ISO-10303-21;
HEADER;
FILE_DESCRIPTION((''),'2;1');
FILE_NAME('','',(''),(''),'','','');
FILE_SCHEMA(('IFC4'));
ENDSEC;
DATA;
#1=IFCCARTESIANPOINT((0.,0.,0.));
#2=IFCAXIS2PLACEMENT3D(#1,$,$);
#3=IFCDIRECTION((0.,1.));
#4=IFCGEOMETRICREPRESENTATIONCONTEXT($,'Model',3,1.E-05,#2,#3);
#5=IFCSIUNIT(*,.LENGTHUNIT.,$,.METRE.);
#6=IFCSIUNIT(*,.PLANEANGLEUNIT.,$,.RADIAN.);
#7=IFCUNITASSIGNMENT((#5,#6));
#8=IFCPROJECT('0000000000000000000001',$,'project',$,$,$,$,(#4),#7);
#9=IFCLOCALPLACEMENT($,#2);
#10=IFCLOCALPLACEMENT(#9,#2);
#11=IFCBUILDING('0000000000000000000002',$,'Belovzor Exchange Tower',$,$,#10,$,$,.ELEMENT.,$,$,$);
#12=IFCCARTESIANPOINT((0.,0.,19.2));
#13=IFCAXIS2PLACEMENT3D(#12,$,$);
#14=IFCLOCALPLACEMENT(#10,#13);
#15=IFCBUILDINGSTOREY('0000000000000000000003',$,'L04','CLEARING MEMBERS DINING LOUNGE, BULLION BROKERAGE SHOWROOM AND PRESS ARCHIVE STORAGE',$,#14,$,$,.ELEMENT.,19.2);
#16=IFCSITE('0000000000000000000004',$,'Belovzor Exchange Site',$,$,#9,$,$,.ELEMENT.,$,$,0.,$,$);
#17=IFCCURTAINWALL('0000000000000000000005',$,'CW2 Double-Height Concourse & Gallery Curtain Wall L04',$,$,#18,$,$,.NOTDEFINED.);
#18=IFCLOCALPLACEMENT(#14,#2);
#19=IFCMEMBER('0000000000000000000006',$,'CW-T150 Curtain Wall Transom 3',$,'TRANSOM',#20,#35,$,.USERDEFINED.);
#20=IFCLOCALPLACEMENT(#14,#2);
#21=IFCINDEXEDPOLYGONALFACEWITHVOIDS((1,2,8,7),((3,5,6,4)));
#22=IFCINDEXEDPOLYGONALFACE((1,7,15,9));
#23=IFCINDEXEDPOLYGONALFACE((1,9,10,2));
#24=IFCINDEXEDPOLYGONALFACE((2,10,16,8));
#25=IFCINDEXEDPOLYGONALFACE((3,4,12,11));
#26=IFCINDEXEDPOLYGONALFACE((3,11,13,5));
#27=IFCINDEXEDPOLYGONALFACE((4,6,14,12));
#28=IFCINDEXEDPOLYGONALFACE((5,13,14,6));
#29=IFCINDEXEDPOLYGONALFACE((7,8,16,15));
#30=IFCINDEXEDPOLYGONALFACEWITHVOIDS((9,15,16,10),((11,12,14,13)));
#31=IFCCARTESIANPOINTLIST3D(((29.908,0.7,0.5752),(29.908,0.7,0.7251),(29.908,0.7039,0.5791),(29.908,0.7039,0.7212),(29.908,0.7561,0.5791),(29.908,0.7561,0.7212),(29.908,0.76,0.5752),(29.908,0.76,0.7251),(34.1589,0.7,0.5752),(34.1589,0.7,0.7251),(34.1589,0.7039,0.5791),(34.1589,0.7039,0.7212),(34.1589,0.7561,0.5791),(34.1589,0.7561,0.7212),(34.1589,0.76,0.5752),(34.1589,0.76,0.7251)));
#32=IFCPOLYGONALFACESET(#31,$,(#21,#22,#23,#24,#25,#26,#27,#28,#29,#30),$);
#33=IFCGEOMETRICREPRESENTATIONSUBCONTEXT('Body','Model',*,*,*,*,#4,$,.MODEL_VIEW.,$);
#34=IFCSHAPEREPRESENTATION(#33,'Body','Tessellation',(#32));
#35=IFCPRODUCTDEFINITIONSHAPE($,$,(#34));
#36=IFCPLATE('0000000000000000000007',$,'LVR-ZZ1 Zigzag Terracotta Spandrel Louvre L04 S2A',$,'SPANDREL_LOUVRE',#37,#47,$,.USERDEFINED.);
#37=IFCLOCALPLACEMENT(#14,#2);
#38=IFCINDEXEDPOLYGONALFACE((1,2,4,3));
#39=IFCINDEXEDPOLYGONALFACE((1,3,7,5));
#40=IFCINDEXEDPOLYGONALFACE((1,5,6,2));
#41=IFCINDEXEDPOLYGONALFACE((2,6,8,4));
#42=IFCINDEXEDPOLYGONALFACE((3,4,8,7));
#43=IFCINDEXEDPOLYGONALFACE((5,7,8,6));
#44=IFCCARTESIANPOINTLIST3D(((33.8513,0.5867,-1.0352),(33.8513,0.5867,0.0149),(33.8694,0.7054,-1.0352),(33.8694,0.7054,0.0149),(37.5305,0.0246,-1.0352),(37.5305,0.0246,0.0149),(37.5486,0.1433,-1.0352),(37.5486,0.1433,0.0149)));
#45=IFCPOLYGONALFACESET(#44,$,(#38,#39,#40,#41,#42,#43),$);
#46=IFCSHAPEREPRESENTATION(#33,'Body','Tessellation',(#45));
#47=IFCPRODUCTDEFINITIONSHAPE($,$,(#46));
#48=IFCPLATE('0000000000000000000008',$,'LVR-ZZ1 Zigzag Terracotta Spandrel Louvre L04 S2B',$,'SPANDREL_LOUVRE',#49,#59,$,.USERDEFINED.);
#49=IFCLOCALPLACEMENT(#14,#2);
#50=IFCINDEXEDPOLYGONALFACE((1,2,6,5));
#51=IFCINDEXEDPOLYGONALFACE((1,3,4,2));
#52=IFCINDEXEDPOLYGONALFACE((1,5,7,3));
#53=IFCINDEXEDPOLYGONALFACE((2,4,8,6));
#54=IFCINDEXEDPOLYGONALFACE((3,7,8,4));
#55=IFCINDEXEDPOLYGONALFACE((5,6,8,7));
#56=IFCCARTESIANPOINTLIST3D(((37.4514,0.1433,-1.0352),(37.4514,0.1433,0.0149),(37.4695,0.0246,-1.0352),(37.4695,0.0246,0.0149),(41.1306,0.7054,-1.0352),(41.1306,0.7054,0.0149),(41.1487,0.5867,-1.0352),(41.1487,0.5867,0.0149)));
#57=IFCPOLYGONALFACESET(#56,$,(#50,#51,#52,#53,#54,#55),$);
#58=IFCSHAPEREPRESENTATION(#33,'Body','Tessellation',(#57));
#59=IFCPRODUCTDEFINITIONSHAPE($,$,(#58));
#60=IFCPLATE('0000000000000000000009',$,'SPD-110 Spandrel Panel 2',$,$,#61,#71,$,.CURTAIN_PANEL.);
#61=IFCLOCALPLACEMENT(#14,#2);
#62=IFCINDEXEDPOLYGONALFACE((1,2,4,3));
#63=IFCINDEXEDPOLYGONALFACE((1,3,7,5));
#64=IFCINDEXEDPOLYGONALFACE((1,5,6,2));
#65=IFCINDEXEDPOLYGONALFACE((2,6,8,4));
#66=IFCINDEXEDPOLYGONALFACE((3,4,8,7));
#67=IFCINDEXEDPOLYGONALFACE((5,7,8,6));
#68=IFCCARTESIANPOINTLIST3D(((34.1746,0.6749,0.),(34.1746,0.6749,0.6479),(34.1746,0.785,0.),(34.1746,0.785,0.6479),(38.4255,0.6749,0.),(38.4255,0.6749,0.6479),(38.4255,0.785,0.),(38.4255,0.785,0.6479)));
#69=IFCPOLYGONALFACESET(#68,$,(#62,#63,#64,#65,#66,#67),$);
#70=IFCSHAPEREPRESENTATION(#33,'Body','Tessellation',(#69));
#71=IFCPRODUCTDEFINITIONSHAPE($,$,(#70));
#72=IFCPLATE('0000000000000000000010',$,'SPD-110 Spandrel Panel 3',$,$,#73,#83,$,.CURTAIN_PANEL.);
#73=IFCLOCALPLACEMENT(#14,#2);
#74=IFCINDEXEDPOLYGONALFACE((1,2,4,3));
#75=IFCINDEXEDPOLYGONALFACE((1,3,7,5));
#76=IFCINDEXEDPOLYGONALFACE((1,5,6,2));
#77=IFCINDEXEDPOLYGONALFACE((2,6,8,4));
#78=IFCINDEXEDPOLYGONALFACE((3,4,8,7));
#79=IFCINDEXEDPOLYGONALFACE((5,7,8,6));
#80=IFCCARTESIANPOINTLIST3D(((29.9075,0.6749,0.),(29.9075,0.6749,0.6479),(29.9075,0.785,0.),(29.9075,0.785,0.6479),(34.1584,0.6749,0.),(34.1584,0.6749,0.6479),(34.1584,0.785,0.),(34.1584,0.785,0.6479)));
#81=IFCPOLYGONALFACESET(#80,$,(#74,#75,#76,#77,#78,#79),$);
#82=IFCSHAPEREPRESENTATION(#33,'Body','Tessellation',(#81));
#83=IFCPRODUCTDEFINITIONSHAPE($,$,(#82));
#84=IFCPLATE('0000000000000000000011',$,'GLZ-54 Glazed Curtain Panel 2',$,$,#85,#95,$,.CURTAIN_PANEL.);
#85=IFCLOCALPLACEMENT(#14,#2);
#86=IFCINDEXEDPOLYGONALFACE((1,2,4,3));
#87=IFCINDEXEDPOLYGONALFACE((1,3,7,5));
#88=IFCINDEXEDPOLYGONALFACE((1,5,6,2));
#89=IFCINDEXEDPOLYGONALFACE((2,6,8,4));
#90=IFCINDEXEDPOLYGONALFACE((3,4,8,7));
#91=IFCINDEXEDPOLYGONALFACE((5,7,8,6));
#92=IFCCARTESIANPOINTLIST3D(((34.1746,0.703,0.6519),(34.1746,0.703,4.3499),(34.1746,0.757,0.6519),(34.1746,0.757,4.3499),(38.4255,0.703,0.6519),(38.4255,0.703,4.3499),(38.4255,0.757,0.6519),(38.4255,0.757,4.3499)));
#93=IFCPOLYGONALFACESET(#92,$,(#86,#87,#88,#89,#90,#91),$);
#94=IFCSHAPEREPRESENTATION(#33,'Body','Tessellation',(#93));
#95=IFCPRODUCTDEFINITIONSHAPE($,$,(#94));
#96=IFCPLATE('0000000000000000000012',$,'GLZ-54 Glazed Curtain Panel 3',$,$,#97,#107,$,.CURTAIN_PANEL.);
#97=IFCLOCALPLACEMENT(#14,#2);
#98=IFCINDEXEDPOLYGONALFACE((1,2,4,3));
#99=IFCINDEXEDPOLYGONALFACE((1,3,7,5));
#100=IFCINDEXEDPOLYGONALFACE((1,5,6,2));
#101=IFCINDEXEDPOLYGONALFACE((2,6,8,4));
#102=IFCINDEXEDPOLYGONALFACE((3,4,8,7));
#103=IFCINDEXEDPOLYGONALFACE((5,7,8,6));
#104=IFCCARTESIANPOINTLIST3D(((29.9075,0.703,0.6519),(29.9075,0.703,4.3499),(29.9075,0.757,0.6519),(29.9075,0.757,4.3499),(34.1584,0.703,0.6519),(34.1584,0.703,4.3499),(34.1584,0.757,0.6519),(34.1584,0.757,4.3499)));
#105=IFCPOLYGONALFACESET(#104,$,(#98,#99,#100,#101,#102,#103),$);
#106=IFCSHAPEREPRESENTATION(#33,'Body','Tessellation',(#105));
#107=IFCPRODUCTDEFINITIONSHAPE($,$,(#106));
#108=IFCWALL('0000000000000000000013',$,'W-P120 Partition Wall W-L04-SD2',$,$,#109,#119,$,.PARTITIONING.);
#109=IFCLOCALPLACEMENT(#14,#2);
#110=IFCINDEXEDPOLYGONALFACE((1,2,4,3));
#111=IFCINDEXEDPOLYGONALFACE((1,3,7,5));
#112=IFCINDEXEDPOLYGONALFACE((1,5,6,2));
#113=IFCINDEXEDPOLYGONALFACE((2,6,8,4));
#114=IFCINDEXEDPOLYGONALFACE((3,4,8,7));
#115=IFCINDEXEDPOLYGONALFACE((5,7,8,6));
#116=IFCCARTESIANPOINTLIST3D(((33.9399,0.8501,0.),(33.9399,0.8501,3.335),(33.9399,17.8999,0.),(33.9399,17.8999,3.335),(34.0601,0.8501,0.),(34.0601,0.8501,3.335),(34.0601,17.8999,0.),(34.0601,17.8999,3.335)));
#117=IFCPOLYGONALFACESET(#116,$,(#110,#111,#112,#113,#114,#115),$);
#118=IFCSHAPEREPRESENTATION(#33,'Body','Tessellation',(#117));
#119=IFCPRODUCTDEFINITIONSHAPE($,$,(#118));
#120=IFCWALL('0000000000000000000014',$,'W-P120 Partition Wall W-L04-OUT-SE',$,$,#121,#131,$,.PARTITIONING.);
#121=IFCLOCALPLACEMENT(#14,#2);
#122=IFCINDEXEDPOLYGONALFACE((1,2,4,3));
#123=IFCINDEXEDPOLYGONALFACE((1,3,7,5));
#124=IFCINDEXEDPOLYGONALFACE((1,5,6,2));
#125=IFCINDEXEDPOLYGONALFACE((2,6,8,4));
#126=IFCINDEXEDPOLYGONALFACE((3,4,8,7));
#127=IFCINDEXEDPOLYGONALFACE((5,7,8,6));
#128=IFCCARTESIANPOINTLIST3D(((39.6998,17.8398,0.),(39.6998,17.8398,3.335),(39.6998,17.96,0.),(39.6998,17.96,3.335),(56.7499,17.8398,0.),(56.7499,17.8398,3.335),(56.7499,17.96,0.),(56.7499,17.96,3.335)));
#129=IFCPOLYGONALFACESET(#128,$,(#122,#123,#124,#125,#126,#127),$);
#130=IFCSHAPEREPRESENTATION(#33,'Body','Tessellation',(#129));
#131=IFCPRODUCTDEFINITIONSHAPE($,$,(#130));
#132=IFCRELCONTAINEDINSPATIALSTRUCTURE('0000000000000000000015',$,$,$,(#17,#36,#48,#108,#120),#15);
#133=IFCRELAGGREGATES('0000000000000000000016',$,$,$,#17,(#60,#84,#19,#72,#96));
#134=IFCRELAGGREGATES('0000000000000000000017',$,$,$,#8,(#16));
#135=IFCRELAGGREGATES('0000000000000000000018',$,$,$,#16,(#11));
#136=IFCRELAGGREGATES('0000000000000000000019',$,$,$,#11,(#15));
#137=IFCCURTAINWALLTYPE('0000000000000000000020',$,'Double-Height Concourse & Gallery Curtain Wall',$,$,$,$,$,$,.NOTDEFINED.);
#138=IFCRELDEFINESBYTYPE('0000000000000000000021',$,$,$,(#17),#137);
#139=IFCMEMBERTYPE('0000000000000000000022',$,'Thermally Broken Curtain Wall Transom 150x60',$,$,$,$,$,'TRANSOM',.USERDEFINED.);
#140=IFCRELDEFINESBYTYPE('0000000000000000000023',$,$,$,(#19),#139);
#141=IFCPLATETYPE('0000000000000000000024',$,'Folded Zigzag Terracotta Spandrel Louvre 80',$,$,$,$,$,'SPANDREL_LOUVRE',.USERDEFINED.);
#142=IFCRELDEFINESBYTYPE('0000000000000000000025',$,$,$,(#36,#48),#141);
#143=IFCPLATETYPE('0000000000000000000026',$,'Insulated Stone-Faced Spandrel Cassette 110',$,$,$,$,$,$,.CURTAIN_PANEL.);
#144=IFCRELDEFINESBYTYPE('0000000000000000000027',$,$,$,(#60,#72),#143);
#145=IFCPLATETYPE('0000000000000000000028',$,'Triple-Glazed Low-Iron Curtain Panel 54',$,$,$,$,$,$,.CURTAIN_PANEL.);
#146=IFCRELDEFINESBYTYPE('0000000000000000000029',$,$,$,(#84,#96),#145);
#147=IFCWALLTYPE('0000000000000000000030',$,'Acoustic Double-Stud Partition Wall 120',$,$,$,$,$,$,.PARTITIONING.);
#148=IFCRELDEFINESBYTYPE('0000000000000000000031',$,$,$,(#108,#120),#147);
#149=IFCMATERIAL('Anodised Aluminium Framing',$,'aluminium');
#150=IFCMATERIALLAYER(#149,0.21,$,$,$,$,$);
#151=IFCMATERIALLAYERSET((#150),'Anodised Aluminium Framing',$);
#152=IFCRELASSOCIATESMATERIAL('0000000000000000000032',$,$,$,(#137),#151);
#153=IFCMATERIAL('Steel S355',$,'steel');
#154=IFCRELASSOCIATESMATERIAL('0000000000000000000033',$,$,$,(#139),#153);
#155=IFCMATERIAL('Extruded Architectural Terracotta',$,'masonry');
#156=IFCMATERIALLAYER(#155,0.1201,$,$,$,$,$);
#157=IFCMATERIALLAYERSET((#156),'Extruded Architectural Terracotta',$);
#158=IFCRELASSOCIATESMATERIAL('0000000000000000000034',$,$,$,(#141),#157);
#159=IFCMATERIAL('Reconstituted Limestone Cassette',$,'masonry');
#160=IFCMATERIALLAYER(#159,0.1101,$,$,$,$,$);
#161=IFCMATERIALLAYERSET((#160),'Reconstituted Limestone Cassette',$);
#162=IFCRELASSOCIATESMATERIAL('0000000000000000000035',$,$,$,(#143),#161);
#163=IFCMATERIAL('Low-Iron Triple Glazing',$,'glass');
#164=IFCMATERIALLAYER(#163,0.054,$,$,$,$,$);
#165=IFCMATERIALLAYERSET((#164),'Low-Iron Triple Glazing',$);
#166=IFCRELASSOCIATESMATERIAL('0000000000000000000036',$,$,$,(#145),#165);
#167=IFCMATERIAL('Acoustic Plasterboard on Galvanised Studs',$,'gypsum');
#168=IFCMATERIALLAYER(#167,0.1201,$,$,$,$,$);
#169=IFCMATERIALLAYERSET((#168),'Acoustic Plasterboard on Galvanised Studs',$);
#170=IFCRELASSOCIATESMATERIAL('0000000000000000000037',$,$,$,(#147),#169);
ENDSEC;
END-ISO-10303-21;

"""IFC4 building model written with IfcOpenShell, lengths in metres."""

from ifc_helpers import new_model, si_unit, direction, frame, frame_2d, origin, origin_2d, place, context, subcontext, project, spatial, rectangle, hollow_rectangle, extrude, material, layer, layer_set, material_profile, profile_set, type_object, element, aggregate, save


model = new_model("IFC4")

# Units and contexts
model_context = context("Model", 3, precision=1e-05, world=origin(), true_north=direction((0.0, 1.0)))
body_context = subcontext(model_context, "Body", "Model", "MODEL_VIEW")
ifc_project = project(units=[si_unit("LENGTHUNIT", "METRE"), si_unit("PLANEANGLEUNIT", "RADIAN")], contexts=[model_context])

# Site, building, storey
site_placement = place(None, origin())
site = spatial("IfcSite", under=ifc_project, at=site_placement, Name="Belovzor Exchange Site", CompositionType="ELEMENT", RefElevation=0.0)
building_placement = place(site_placement, origin())
building = spatial("IfcBuilding", under=site, at=building_placement, Name="Belovzor Exchange Tower", CompositionType="ELEMENT")
storey_placement = place(building_placement, frame((0.0, 0.0, 19.2)))
storey = spatial("IfcBuildingStorey", under=building, at=storey_placement, Name="L04", Description="CLEARING MEMBERS DINING LOUNGE, BULLION BROKERAGE SHOWROOM AND PRESS ARCHIVE STORAGE", CompositionType="ELEMENT", Elevation=19.2)

# Curtain wall, member
ifc_material_1 = material(Name="Anodised Aluminium Framing", Category="aluminium")
ifc_layer_1 = layer(ifc_material_1, 0.21)
ifc_layer_set_1 = layer_set([ifc_layer_1], Name="Anodised Aluminium Framing")
curtain_wall_type = type_object("IfcCurtainWallType", Name="Double-Height Concourse & Gallery Curtain Wall", PredefinedType="NOTDEFINED", material=ifc_layer_set_1)
curtain_wall_placement = place(storey_placement, origin())
curtain_wall = element("IfcCurtainWall", 1, at=curtain_wall_placement, inside=storey, type_object=curtain_wall_type, Name="CW2 Double-Height Concourse & Gallery Curtain Wall L04", PredefinedType="NOTDEFINED")
ifc_material_2 = material(Name="Steel S355", Category="steel")
ifc_material_profile_1 = material_profile(ifc_material_2, hollow_rectangle(XDim=0.0601, YDim=0.1499, WallThickness=0.0039, at=origin_2d()))
ifc_profile_set_1 = profile_set([ifc_material_profile_1], Name="Steel S355")
member_type_1 = type_object("IfcMemberType", Name="Thermally Broken Curtain Wall Transom 150x60", ElementType="TRANSOM", PredefinedType="USERDEFINED", material=ifc_profile_set_1)
member_1_placement = place(storey_placement, frame((34.1589, 0.73, 0.6501), z_axis=(-1.0, 0.0, 0.0), x_axis=(0.0, -1.0, 0.0)))
member_1 = element("IfcMember", 2, at=member_1_placement, type_object=member_type_1, Name="CW-T150 Curtain Wall Transom 3", ObjectType="TRANSOM", PredefinedType="USERDEFINED", context=body_context, shape_type="SweptSolid", body=[
    extrude(hollow_rectangle(XDim=0.0601, YDim=0.1499, WallThickness=0.0039, at=origin_2d()), origin(), (0.0, 0.0, 1.0), 4.251),
])

# Plates
ifc_material_3 = material(Name="Extruded Architectural Terracotta", Category="masonry")
ifc_layer_2 = layer(ifc_material_3, 0.1201)
ifc_layer_set_2 = layer_set([ifc_layer_2], Name="Extruded Architectural Terracotta")
plate_type_1 = type_object("IfcPlateType", Name="Folded Zigzag Terracotta Spandrel Louvre 80", ElementType="SPANDREL_LOUVRE", PredefinedType="USERDEFINED", material=ifc_layer_set_2)
for number, where, z_axis, x_axis, name in (
    (3, (35.7, 0.365, -1.0352), (0.0, 0.0, 1.0), (0.988531, -0.151019, 0.0), "LVR-ZZ1 Zigzag Terracotta Spandrel Louvre L04 S2A"),
    (4, (39.3, 0.365, -1.0352), (0.0, 0.0, 1.0), (0.988531, 0.151019, 0.0), "LVR-ZZ1 Zigzag Terracotta Spandrel Louvre L04 S2B"),
):
    element("IfcPlate", number, at=place(storey_placement, frame(where, z_axis=z_axis, x_axis=x_axis)), inside=storey, type_object=plate_type_1, Name=name, ObjectType="SPANDREL_LOUVRE", PredefinedType="USERDEFINED", context=body_context, shape_type="SweptSolid", body=[
        extrude(rectangle(XDim=3.7219, YDim=0.1201, at=origin_2d()), origin(), (0.0, 0.0, 1.0), 1.05),
    ])

# Plates
ifc_material_4 = material(Name="Reconstituted Limestone Cassette", Category="masonry")
ifc_layer_3 = layer(ifc_material_4, 0.1101)
ifc_layer_set_3 = layer_set([ifc_layer_3], Name="Reconstituted Limestone Cassette")
plate_type_2 = type_object("IfcPlateType", Name="Insulated Stone-Faced Spandrel Cassette 110", PredefinedType="CURTAIN_PANEL", material=ifc_layer_set_3)
plate_1_placement = place(storey_placement, frame((36.3, 0.73, 0.0), z_axis=(0.0, 0.0, 1.0), x_axis=(-1.0, 0.0, 0.0)))
plate_1 = element("IfcPlate", 5, at=plate_1_placement, type_object=plate_type_2, Name="SPD-110 Spandrel Panel 2", PredefinedType="CURTAIN_PANEL", context=body_context, shape_type="SweptSolid", body=[
    extrude(rectangle(XDim=4.251, YDim=0.1101, at=origin_2d()), origin(), (0.0, 0.0, 1.0), 0.6479),
])
plate_2_placement = place(storey_placement, frame((32.033, 0.73, 0.0), z_axis=(0.0, 0.0, 1.0), x_axis=(-1.0, 0.0, 0.0)))
plate_2 = element("IfcPlate", 6, at=plate_2_placement, type_object=plate_type_2, Name="SPD-110 Spandrel Panel 3", PredefinedType="CURTAIN_PANEL", context=body_context, shape_type="SweptSolid", body=[
    extrude(rectangle(XDim=4.251, YDim=0.1101, at=origin_2d()), origin(), (0.0, 0.0, 1.0), 0.6479),
])
ifc_material_5 = material(Name="Low-Iron Triple Glazing", Category="glass")
ifc_layer_4 = layer(ifc_material_5, 0.054)
ifc_layer_set_4 = layer_set([ifc_layer_4], Name="Low-Iron Triple Glazing")
plate_type_3 = type_object("IfcPlateType", Name="Triple-Glazed Low-Iron Curtain Panel 54", PredefinedType="CURTAIN_PANEL", material=ifc_layer_set_4)
plate_3_placement = place(storey_placement, frame((36.3, 0.73, 0.6519), z_axis=(0.0, 0.0, 1.0), x_axis=(-1.0, 0.0, 0.0)))
plate_3 = element("IfcPlate", 7, at=plate_3_placement, type_object=plate_type_3, Name="GLZ-54 Glazed Curtain Panel 2", PredefinedType="CURTAIN_PANEL", context=body_context, shape_type="SweptSolid", body=[
    extrude(rectangle(XDim=4.251, YDim=0.054, at=origin_2d()), origin(), (0.0, 0.0, 1.0), 3.698),
])
plate_4_placement = place(storey_placement, frame((32.033, 0.73, 0.6519), z_axis=(0.0, 0.0, 1.0), x_axis=(-1.0, 0.0, 0.0)))
plate_4 = element("IfcPlate", 8, at=plate_4_placement, type_object=plate_type_3, Name="GLZ-54 Glazed Curtain Panel 3", PredefinedType="CURTAIN_PANEL", context=body_context, shape_type="SweptSolid", body=[
    extrude(rectangle(XDim=4.251, YDim=0.054, at=origin_2d()), origin(), (0.0, 0.0, 1.0), 3.698),
])
aggregate(curtain_wall, [plate_1, plate_3, member_1, plate_2, plate_4])

# Walls
ifc_material_6 = material(Name="Acoustic Plasterboard on Galvanised Studs", Category="gypsum")
ifc_layer_5 = layer(ifc_material_6, 0.1201)
ifc_layer_set_5 = layer_set([ifc_layer_5], Name="Acoustic Plasterboard on Galvanised Studs")
wall_type_1 = type_object("IfcWallType", Name="Acoustic Double-Stud Partition Wall 120", PredefinedType="PARTITIONING", material=ifc_layer_set_5)
wall_1_placement = place(storey_placement, frame((34.0, 0.8501, 0.0), z_axis=(0.0, 0.0, 1.0), x_axis=(0.0, 1.0, 0.0)))
element("IfcWall", 9, at=wall_1_placement, inside=storey, type_object=wall_type_1, Name="W-P120 Partition Wall W-L04-SD2", PredefinedType="PARTITIONING", context=body_context, shape_type="SweptSolid", body=[
    extrude(rectangle(XDim=17.0498, YDim=0.1201, at=frame_2d((8.5249, 0.0))), origin(), (0.0, 0.0, 1.0), 3.335),
])
wall_2_placement = place(storey_placement, frame((39.7, 17.8999, 0.0), z_axis=(0.0, 0.0, 1.0), x_axis=(1.0, 0.0, 0.0)))
element("IfcWall", 10, at=wall_2_placement, inside=storey, type_object=wall_type_1, Name="W-P120 Partition Wall W-L04-OUT-SE", PredefinedType="PARTITIONING", context=body_context, shape_type="SweptSolid", body=[
    extrude(rectangle(XDim=17.05, YDim=0.1201, at=frame_2d((8.5249, 0.0))), origin(), (0.0, 0.0, 1.0), 3.335),
])

save(model, "model.ifc")
